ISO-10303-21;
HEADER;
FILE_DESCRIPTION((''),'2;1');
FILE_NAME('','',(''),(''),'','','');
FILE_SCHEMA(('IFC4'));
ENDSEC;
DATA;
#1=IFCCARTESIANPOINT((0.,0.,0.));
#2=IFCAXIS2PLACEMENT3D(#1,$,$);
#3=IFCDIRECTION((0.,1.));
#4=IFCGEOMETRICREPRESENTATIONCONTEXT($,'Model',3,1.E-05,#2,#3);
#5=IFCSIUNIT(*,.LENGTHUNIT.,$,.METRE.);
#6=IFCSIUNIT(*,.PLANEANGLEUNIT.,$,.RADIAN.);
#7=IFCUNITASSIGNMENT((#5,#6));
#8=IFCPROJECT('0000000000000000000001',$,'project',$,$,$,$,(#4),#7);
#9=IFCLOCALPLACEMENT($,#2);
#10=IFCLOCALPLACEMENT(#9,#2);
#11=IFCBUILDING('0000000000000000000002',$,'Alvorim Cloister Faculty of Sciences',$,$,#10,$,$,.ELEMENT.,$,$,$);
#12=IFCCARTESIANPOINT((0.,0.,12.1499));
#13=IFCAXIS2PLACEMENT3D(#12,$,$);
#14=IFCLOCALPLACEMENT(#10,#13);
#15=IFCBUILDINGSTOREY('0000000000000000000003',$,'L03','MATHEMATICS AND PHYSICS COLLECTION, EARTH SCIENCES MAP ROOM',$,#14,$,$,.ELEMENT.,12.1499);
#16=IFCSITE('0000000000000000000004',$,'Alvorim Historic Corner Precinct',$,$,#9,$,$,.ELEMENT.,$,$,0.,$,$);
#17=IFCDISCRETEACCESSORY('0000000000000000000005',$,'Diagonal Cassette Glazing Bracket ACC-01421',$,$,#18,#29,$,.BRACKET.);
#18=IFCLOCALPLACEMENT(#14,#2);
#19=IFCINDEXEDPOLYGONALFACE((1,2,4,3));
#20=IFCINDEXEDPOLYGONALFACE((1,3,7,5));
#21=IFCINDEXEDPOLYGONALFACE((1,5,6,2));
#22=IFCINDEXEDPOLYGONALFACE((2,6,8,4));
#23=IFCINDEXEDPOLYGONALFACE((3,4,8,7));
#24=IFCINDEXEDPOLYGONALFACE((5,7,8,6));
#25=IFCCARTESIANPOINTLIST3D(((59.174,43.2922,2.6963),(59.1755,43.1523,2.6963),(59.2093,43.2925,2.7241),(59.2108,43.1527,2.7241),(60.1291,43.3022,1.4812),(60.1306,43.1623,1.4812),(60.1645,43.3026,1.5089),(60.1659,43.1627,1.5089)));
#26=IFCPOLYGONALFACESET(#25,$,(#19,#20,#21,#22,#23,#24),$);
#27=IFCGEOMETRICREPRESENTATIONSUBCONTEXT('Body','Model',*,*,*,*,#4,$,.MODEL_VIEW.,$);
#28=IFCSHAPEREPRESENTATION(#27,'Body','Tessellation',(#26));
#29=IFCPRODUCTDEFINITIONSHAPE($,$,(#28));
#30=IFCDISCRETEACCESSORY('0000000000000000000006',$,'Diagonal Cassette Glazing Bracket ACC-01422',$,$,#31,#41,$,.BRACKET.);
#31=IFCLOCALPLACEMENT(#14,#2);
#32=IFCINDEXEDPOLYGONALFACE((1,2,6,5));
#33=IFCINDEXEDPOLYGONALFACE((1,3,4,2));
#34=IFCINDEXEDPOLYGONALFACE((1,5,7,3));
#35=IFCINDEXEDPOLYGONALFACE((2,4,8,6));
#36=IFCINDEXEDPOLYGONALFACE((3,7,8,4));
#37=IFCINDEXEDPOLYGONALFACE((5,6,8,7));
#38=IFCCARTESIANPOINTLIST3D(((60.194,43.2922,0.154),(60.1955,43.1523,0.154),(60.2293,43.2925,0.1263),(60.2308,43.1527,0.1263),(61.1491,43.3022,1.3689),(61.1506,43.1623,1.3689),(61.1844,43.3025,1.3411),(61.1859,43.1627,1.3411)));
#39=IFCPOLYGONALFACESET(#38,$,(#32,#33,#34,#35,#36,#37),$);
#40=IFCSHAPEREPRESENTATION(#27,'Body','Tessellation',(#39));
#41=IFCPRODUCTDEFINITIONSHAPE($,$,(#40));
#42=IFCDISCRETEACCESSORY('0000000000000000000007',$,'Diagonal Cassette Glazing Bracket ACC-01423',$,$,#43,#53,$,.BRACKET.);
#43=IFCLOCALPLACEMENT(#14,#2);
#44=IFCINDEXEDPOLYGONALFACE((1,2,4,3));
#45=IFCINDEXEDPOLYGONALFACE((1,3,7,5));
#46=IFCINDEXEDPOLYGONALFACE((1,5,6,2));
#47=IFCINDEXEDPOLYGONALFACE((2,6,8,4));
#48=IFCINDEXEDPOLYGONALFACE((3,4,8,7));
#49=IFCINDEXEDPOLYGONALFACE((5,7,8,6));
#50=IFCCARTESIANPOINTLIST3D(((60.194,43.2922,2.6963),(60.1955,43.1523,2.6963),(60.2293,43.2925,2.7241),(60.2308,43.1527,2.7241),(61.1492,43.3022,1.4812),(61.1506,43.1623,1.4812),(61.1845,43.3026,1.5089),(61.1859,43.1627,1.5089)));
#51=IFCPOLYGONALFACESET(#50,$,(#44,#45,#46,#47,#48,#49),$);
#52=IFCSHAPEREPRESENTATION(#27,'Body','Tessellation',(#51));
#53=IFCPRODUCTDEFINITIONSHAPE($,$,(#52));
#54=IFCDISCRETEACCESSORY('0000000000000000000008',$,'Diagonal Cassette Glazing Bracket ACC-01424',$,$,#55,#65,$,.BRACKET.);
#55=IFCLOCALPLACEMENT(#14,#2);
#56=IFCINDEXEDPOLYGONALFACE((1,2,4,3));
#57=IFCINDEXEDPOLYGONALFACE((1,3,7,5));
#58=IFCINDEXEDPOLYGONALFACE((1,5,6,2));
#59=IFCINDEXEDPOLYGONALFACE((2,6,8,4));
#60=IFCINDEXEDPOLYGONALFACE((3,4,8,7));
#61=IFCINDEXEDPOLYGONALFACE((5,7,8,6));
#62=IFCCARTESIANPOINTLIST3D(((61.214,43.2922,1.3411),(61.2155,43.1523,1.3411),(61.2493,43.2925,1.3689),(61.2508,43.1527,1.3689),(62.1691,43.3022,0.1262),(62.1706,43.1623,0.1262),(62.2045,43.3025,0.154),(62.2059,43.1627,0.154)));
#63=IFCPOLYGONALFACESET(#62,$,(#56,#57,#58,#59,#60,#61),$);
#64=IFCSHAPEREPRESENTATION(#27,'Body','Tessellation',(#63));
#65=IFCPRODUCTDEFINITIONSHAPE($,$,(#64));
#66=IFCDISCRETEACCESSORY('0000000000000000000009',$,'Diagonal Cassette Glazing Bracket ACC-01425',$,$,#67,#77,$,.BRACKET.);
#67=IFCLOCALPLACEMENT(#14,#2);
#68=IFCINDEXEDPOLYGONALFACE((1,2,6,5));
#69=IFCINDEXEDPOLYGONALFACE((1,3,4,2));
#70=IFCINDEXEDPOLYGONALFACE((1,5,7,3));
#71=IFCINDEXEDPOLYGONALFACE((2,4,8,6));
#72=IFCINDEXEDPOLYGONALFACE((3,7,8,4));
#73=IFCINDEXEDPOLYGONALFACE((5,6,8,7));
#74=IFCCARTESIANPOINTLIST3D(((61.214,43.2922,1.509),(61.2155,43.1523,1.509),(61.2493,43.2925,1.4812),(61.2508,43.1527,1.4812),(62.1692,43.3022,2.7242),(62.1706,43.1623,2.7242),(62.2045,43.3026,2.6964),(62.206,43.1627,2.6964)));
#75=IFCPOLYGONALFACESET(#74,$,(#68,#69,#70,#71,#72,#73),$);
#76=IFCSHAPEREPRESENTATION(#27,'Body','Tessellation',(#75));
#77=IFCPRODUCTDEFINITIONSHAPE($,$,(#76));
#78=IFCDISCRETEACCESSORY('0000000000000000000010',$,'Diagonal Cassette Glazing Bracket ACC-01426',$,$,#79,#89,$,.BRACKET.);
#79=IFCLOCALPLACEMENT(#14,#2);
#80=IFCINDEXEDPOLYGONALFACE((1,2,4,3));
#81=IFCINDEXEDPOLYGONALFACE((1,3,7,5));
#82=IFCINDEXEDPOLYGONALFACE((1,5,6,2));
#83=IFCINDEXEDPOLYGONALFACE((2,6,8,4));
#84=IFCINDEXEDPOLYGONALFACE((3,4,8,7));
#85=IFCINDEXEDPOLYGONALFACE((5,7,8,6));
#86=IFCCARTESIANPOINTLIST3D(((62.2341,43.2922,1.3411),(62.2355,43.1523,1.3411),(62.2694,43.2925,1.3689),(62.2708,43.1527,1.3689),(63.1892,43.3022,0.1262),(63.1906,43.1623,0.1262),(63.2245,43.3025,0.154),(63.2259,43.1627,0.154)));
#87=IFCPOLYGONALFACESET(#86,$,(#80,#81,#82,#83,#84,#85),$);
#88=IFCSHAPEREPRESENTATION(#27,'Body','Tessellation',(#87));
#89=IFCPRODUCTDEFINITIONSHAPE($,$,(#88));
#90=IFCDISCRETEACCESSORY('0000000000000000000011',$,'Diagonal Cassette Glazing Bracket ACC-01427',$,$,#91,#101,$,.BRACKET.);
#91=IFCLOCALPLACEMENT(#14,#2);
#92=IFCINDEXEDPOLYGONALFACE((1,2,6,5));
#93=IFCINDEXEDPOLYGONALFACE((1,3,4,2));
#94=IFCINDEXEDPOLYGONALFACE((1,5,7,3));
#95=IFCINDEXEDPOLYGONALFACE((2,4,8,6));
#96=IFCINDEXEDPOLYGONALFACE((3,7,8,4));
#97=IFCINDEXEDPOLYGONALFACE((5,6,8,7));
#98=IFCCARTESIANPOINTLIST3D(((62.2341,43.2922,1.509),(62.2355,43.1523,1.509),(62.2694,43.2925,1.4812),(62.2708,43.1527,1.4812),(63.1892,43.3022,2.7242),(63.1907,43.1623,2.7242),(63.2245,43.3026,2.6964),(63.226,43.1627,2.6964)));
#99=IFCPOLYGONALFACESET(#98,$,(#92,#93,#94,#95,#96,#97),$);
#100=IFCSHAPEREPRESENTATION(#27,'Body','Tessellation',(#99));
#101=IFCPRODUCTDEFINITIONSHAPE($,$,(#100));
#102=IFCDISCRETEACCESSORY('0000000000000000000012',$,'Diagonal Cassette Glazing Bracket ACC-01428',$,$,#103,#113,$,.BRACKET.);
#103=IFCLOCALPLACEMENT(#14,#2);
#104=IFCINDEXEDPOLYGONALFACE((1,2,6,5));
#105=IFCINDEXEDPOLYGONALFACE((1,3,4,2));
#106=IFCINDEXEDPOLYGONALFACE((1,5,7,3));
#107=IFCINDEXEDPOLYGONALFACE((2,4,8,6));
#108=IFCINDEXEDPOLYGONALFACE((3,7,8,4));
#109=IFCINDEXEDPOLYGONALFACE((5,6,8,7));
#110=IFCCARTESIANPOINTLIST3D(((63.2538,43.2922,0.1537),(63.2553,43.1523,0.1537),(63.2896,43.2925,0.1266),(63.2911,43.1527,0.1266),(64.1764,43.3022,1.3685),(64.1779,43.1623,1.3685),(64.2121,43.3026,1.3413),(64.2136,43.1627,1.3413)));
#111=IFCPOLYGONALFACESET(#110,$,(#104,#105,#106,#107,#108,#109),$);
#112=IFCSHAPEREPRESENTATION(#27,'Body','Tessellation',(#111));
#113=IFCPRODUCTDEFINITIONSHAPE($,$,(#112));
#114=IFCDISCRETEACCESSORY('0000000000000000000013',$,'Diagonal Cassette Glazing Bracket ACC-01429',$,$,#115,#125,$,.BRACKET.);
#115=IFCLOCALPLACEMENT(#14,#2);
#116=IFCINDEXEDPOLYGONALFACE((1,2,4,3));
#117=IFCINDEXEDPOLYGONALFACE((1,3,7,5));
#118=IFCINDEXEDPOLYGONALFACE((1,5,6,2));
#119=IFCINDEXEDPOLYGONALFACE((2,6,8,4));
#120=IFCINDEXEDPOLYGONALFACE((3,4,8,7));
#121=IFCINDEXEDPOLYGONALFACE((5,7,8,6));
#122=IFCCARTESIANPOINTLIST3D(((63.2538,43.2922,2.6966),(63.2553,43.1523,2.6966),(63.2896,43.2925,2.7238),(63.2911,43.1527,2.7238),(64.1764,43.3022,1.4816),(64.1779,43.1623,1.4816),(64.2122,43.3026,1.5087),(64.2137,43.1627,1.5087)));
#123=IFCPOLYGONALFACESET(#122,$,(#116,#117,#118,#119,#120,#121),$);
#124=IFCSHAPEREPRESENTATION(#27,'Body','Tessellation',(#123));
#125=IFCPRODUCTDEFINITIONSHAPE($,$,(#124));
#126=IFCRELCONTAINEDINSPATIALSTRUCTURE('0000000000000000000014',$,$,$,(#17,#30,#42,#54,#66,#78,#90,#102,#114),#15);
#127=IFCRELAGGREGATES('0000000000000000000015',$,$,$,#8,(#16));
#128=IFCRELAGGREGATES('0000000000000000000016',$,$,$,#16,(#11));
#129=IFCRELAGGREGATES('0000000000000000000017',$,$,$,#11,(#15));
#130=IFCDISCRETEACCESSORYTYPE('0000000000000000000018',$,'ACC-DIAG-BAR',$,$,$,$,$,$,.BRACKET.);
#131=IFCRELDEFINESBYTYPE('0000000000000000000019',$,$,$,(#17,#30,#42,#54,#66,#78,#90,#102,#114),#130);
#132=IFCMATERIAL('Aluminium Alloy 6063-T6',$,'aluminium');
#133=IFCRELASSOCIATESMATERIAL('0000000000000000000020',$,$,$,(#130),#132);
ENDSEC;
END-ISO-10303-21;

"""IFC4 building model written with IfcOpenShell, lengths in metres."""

from ifc_helpers import new_model, si_unit, direction, frame, origin, origin_2d, place, context, subcontext, project, spatial, rectangle, extrude, material, type_object, element, save


model = new_model("IFC4")

# Units and contexts
model_context = context("Model", 3, precision=1e-05, world=origin(), true_north=direction((0.0, 1.0)))
body_context = subcontext(model_context, "Body", "Model", "MODEL_VIEW")
ifc_project = project(units=[si_unit("LENGTHUNIT", "METRE"), si_unit("PLANEANGLEUNIT", "RADIAN")], contexts=[model_context])

# Site, building, storey
site_placement = place(None, origin())
site = spatial("IfcSite", under=ifc_project, at=site_placement, Name="Alvorim Historic Corner Precinct", CompositionType="ELEMENT", RefElevation=0.0)
building_placement = place(site_placement, origin())
building = spatial("IfcBuilding", under=site, at=building_placement, Name="Alvorim Cloister Faculty of Sciences", CompositionType="ELEMENT")
storey_placement = place(building_placement, frame((0.0, 0.0, 12.1499)))
storey = spatial("IfcBuildingStorey", under=building, at=storey_placement, Name="L03", Description="MATHEMATICS AND PHYSICS COLLECTION, EARTH SCIENCES MAP ROOM", CompositionType="ELEMENT", Elevation=12.1499)

# Shared definitions
ifc_material_1 = material(Name="Aluminium Alloy 6063-T6", Category="aluminium")

# Discrete accessories
discrete_accessory_type = type_object("IfcDiscreteAccessoryType", Name="ACC-DIAG-BAR", PredefinedType="BRACKET", material=ifc_material_1)
discrete_accessory_1_placement = place(storey_placement, frame((59.1924, 43.2224, 2.7102), z_axis=(0.617955, 0.006477, -0.786187), x_axis=(-0.01048, 0.999945, 0.0)))
element("IfcDiscreteAccessory", 1, at=discrete_accessory_1_placement, inside=storey, type_object=discrete_accessory_type, Name="Diagonal Cassette Glazing Bracket ACC-01421", PredefinedType="BRACKET", context=body_context, shape_type="SweptSolid", body=[
    extrude(rectangle(XDim=0.1399, YDim=0.0449, at=origin_2d()), origin(), (0.0, 0.0, 1.0), 1.5457),
])
discrete_accessory_2_placement = place(storey_placement, frame((60.2124, 43.2224, 0.1401), z_axis=(0.618032, 0.006477, 0.786126), x_axis=(-0.01048, 0.999945, 0.0)))
element("IfcDiscreteAccessory", 2, at=discrete_accessory_2_placement, inside=storey, type_object=discrete_accessory_type, Name="Diagonal Cassette Glazing Bracket ACC-01422", PredefinedType="BRACKET", context=body_context, shape_type="SweptSolid", body=[
    extrude(rectangle(XDim=0.1399, YDim=0.0449, at=origin_2d()), origin(), (0.0, 0.0, 1.0), 1.5454),
])
discrete_accessory_3_placement = place(storey_placement, frame((60.2124, 43.2224, 2.7102), z_axis=(0.617955, 0.006477, -0.786187), x_axis=(-0.01048, 0.999945, 0.0)))
element("IfcDiscreteAccessory", 3, at=discrete_accessory_3_placement, inside=storey, type_object=discrete_accessory_type, Name="Diagonal Cassette Glazing Bracket ACC-01423", PredefinedType="BRACKET", context=body_context, shape_type="SweptSolid", body=[
    extrude(rectangle(XDim=0.1399, YDim=0.0449, at=origin_2d()), origin(), (0.0, 0.0, 1.0), 1.5457),
])
discrete_accessory_4_placement = place(storey_placement, frame((61.2324, 43.2224, 1.355), z_axis=(0.618032, 0.006477, -0.786126), x_axis=(-0.01048, 0.999945, 0.0)))
element("IfcDiscreteAccessory", 4, at=discrete_accessory_4_placement, inside=storey, type_object=discrete_accessory_type, Name="Diagonal Cassette Glazing Bracket ACC-01424", PredefinedType="BRACKET", context=body_context, shape_type="SweptSolid", body=[
    extrude(rectangle(XDim=0.1399, YDim=0.0449, at=origin_2d()), origin(), (0.0, 0.0, 1.0), 1.5454),
])
discrete_accessory_5_placement = place(storey_placement, frame((61.2324, 43.2224, 1.4951), z_axis=(0.617955, 0.006477, 0.786187), x_axis=(-0.01048, 0.999945, 0.0)))
element("IfcDiscreteAccessory", 5, at=discrete_accessory_5_placement, inside=storey, type_object=discrete_accessory_type, Name="Diagonal Cassette Glazing Bracket ACC-01425", PredefinedType="BRACKET", context=body_context, shape_type="SweptSolid", body=[
    extrude(rectangle(XDim=0.1399, YDim=0.0449, at=origin_2d()), origin(), (0.0, 0.0, 1.0), 1.5457),
])
discrete_accessory_6_placement = place(storey_placement, frame((62.2524, 43.2224, 1.355), z_axis=(0.618032, 0.006477, -0.786126), x_axis=(-0.01048, 0.999945, 0.0)))
element("IfcDiscreteAccessory", 6, at=discrete_accessory_6_placement, inside=storey, type_object=discrete_accessory_type, Name="Diagonal Cassette Glazing Bracket ACC-01426", PredefinedType="BRACKET", context=body_context, shape_type="SweptSolid", body=[
    extrude(rectangle(XDim=0.1399, YDim=0.0449, at=origin_2d()), origin(), (0.0, 0.0, 1.0), 1.5454),
])
discrete_accessory_7_placement = place(storey_placement, frame((62.2524, 43.2224, 1.4951), z_axis=(0.617955, 0.006477, 0.786187), x_axis=(-0.01048, 0.999945, 0.0)))
element("IfcDiscreteAccessory", 7, at=discrete_accessory_7_placement, inside=storey, type_object=discrete_accessory_type, Name="Diagonal Cassette Glazing Bracket ACC-01427", PredefinedType="BRACKET", context=body_context, shape_type="SweptSolid", body=[
    extrude(rectangle(XDim=0.1399, YDim=0.0449, at=origin_2d()), origin(), (0.0, 0.0, 1.0), 1.5457),
])
discrete_accessory_8_placement = place(storey_placement, frame((63.2725, 43.2224, 0.1401), z_axis=(0.60479, 0.006562, 0.796358), x_axis=(-0.010849, 0.999941, 0.0)))
element("IfcDiscreteAccessory", 8, at=discrete_accessory_8_placement, inside=storey, type_object=discrete_accessory_type, Name="Diagonal Cassette Glazing Bracket ACC-01428", PredefinedType="BRACKET", context=body_context, shape_type="SweptSolid", body=[
    extrude(rectangle(XDim=0.1399, YDim=0.0449, at=origin_2d()), origin(), (0.0, 0.0, 1.0), 1.5254),
])
discrete_accessory_9_placement = place(storey_placement, frame((63.2725, 43.2224, 2.7102), z_axis=(0.604713, 0.006561, -0.796416), x_axis=(-0.010849, 0.999941, 0.0)))
element("IfcDiscreteAccessory", 9, at=discrete_accessory_9_placement, inside=storey, type_object=discrete_accessory_type, Name="Diagonal Cassette Glazing Bracket ACC-01429", PredefinedType="BRACKET", context=body_context, shape_type="SweptSolid", body=[
    extrude(rectangle(XDim=0.1399, YDim=0.0449, at=origin_2d()), origin(), (0.0, 0.0, 1.0), 1.5256),
])

save(model, "model.ifc")
